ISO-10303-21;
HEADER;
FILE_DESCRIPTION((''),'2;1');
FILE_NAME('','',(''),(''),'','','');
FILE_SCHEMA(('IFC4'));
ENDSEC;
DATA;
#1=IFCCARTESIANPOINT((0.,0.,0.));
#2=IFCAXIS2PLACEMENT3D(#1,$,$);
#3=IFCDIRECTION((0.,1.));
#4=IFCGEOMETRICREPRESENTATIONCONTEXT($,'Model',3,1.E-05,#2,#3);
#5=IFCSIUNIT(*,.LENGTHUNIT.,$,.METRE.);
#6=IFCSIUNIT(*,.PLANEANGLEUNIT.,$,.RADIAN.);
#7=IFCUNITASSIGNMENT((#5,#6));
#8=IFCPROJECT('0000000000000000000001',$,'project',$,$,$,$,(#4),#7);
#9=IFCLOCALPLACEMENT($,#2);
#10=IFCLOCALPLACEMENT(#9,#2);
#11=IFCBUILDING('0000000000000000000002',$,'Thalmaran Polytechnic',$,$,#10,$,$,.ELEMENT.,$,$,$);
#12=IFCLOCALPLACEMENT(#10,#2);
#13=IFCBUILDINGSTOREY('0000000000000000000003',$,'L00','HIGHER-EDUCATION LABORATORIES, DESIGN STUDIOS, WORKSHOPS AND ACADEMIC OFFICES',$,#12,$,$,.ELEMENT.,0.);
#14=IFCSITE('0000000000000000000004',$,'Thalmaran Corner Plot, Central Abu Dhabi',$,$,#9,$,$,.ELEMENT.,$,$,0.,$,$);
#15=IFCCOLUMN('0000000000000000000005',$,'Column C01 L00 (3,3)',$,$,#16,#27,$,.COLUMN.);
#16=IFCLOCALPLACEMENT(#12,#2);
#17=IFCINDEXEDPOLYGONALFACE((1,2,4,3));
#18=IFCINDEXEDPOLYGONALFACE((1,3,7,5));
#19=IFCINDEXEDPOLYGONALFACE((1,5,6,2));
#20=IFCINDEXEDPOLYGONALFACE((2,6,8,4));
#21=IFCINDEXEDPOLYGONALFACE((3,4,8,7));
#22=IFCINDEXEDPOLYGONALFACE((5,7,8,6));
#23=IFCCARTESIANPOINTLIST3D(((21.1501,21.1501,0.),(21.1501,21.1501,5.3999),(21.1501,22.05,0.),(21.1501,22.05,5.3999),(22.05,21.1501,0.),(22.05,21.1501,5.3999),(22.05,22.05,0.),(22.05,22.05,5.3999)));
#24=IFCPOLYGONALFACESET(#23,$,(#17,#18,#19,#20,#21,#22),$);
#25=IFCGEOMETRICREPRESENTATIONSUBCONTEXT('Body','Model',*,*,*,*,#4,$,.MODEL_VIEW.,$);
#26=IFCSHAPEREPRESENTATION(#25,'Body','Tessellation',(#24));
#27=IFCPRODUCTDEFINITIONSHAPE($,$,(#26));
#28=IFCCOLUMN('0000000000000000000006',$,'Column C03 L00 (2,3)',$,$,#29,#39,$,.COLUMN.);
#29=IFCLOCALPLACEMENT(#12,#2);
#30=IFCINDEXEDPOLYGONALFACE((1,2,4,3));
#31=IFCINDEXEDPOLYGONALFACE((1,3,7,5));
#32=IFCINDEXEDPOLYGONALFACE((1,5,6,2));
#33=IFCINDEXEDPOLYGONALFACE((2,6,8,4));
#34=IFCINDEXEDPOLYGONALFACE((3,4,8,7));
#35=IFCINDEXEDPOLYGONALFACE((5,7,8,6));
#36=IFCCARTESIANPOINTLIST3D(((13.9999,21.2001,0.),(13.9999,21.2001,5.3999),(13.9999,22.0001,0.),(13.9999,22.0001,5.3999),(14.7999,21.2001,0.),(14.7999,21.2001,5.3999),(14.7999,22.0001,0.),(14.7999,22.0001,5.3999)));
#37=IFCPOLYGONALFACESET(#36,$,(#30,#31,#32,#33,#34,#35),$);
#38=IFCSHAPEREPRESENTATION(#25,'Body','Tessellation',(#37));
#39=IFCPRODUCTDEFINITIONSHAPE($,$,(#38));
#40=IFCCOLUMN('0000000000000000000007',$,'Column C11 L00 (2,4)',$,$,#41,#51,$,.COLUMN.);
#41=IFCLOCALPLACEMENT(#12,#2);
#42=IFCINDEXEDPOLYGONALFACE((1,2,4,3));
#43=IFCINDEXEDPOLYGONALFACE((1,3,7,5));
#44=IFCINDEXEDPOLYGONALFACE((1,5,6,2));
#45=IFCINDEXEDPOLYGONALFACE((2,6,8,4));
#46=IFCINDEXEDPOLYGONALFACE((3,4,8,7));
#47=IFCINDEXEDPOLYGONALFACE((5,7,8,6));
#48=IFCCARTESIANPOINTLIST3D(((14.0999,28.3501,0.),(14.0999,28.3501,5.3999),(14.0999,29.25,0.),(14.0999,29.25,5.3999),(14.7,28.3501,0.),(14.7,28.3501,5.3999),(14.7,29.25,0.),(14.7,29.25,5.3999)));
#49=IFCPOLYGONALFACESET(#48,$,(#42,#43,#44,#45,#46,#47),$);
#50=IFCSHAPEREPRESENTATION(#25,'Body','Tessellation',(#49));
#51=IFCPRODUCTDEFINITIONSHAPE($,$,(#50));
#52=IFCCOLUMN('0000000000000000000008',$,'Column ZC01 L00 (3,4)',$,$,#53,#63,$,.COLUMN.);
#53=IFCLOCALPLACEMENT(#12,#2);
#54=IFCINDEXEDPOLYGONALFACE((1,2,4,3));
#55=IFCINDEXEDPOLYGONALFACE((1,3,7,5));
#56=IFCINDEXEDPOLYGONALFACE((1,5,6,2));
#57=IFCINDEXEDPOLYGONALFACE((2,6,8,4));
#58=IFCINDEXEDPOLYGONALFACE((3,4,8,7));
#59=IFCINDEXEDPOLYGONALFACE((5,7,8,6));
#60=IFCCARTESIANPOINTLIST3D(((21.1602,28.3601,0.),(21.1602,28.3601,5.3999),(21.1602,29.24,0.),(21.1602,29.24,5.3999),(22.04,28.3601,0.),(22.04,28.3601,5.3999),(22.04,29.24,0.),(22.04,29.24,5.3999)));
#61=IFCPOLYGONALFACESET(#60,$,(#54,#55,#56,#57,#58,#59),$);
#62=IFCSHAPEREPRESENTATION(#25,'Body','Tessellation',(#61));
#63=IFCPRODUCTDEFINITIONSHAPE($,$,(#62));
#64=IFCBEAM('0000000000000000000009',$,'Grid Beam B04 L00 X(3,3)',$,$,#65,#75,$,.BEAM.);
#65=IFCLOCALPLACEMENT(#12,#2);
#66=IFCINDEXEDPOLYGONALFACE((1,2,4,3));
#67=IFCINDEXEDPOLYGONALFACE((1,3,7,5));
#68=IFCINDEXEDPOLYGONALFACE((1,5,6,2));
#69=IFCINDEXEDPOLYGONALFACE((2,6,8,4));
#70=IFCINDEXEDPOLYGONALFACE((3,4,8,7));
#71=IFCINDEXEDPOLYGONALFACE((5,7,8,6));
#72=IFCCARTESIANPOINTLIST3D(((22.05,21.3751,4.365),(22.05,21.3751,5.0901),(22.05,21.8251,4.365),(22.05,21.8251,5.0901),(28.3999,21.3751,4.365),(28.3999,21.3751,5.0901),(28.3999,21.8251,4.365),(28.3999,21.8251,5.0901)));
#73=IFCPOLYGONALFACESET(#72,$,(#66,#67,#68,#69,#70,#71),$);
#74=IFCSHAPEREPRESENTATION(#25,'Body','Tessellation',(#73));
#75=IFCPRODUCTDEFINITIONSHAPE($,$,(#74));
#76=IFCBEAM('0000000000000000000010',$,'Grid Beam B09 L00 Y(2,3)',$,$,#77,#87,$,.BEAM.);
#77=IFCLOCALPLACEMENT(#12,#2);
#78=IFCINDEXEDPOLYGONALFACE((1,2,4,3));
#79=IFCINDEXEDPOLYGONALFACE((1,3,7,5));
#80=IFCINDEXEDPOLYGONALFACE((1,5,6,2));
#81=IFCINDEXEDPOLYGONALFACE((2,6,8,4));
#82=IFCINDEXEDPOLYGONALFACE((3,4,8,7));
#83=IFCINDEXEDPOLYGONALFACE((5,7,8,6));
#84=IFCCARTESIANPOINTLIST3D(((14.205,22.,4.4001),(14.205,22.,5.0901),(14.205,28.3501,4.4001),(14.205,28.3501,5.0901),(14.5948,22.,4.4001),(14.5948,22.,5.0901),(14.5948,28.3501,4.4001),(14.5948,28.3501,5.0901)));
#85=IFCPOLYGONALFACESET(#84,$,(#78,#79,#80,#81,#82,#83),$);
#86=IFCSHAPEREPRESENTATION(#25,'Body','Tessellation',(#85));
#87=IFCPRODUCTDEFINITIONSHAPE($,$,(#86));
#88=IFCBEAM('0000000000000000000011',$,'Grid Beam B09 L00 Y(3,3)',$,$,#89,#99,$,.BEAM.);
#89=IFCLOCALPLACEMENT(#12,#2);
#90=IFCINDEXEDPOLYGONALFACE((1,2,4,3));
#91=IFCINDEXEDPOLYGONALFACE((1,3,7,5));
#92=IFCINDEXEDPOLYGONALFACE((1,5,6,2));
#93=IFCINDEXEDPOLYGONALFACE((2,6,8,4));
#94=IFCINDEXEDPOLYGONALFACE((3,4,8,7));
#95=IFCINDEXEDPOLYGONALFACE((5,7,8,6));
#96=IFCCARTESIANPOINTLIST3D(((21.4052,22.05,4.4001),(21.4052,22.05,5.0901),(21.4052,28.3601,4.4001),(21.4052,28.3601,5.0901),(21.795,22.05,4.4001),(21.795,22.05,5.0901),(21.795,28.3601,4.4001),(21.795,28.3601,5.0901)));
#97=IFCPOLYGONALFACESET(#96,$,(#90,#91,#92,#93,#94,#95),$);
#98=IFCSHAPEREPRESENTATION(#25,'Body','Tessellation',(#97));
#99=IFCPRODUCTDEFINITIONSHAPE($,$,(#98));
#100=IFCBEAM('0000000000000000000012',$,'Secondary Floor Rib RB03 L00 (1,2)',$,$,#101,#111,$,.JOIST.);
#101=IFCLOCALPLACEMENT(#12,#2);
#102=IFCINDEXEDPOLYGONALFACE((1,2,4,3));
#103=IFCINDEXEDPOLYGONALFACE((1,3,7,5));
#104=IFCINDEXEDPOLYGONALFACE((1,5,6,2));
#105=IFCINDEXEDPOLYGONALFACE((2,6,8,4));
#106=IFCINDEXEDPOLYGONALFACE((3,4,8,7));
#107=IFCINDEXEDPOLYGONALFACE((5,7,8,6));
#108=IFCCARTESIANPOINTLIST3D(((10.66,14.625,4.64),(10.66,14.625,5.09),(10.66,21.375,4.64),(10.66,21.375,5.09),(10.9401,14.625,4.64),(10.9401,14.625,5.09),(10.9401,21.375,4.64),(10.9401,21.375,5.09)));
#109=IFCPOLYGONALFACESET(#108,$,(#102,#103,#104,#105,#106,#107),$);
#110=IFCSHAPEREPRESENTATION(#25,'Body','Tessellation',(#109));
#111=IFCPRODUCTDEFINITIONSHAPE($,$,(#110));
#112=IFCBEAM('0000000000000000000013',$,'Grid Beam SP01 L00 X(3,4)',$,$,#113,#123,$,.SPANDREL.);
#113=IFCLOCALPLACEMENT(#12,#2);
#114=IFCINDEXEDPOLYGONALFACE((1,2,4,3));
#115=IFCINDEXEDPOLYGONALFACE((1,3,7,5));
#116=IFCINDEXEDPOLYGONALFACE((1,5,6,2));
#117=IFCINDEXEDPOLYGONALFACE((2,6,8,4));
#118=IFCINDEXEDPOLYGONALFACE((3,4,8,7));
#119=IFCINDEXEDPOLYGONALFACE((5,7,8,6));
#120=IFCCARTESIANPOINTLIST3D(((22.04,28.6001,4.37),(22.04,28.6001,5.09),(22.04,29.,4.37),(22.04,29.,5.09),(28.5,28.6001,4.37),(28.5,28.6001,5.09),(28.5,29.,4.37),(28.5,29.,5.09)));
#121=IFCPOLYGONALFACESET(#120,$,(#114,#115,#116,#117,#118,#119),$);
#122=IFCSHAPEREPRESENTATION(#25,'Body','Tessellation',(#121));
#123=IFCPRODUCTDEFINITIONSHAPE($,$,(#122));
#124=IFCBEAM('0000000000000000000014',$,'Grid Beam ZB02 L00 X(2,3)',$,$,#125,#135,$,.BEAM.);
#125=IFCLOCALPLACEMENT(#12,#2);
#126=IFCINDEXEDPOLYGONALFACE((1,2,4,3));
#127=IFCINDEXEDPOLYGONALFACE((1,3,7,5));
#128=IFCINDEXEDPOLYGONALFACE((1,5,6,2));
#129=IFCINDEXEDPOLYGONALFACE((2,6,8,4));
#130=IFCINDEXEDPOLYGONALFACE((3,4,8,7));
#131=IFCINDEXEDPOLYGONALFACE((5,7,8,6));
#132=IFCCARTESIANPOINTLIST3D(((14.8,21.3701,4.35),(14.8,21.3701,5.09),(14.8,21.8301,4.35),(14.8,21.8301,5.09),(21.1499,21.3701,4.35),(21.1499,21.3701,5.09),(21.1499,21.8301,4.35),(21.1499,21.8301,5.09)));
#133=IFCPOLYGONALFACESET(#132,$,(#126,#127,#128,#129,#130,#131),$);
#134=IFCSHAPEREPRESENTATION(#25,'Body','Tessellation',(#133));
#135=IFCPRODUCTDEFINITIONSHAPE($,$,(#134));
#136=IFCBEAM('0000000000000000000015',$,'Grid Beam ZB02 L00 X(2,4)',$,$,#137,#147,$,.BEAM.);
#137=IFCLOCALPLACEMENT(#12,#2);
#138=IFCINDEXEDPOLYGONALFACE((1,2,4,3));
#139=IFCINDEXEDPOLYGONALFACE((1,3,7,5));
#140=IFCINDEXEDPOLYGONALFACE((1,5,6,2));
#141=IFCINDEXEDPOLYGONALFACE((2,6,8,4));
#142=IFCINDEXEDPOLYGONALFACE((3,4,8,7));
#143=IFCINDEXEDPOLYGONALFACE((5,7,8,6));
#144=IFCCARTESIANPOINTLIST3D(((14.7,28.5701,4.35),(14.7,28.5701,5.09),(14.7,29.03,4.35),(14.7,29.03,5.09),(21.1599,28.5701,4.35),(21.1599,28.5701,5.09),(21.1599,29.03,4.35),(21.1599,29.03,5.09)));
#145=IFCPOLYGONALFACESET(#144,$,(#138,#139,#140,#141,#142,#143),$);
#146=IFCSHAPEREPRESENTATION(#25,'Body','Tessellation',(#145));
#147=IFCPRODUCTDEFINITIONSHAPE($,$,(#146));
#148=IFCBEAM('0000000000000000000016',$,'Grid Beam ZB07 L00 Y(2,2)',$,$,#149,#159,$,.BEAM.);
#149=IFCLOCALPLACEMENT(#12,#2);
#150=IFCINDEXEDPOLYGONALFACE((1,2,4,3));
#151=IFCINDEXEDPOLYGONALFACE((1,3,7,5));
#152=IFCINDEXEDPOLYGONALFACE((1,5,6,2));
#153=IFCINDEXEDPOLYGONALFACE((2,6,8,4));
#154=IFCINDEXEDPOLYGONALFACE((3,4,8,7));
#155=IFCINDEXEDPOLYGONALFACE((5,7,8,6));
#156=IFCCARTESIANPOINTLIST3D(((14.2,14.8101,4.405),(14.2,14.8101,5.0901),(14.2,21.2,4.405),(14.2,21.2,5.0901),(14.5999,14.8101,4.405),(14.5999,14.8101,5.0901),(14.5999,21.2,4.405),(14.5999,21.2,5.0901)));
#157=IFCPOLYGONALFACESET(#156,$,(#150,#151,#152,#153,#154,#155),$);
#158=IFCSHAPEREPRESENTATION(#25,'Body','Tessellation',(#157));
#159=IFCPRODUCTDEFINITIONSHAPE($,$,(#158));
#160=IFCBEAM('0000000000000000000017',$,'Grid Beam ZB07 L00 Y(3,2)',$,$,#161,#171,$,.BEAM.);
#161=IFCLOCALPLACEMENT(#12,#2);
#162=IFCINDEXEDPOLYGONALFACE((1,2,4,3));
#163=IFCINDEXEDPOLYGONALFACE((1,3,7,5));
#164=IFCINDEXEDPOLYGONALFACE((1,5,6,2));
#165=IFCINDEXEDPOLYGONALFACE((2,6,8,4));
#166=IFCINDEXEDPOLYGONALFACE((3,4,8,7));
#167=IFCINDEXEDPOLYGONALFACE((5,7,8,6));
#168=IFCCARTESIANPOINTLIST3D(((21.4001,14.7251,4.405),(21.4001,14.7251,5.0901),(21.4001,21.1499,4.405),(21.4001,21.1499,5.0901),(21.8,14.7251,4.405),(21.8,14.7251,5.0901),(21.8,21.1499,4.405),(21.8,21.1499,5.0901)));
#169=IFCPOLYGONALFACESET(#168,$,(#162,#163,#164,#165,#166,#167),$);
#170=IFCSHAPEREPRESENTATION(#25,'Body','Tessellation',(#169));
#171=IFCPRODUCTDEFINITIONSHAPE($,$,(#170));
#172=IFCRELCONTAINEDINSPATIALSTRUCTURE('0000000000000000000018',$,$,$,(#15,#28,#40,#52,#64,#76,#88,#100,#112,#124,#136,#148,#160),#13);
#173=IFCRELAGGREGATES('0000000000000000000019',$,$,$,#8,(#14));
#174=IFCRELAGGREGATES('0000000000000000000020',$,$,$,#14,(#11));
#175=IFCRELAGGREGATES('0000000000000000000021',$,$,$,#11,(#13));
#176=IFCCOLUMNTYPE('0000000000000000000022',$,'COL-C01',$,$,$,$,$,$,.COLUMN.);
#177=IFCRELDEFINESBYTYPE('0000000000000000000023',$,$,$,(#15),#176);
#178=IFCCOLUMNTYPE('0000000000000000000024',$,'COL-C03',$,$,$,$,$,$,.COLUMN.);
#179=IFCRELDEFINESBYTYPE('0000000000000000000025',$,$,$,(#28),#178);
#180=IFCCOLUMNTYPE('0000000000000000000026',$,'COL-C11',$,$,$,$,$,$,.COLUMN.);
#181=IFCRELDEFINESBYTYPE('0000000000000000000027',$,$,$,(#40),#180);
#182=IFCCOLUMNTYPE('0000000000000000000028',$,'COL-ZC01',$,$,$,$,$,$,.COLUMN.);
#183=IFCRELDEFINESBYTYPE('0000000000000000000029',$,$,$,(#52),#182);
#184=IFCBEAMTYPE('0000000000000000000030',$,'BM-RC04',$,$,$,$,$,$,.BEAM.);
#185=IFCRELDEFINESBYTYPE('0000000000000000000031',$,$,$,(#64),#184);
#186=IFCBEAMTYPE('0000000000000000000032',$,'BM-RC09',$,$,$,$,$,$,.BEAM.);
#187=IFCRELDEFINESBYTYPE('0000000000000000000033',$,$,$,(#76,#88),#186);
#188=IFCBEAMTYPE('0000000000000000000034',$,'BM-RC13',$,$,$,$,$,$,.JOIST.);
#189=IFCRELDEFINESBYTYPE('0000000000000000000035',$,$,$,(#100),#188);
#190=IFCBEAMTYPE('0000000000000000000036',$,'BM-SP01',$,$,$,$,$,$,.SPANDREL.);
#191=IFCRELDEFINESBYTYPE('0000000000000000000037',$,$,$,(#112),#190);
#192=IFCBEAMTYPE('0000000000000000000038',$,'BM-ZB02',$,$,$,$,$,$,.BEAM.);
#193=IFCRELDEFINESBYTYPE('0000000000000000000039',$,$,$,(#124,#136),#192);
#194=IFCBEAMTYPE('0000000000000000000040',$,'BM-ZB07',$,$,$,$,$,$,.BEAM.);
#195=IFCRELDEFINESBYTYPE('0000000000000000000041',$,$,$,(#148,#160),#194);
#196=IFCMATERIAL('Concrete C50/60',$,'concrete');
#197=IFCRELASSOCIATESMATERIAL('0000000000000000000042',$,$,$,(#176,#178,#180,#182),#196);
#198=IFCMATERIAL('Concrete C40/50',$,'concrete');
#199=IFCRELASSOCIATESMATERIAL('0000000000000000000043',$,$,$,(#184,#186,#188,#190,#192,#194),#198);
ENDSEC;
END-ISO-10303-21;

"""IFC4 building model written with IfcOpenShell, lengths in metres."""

from ifc_helpers import new_model, si_unit, direction, frame, origin, origin_2d, place, context, subcontext, project, spatial, rectangle, extrude, material, material_profile, profile_set, type_object, element, save


model = new_model("IFC4")

# Units and contexts
model_context = context("Model", 3, precision=1e-05, world=origin(), true_north=direction((0.0, 1.0)))
body_context = subcontext(model_context, "Body", "Model", "MODEL_VIEW")
ifc_project = project(units=[si_unit("LENGTHUNIT", "METRE"), si_unit("PLANEANGLEUNIT", "RADIAN")], contexts=[model_context])

# Site, building, storey
site_placement = place(None, origin())
site = spatial("IfcSite", under=ifc_project, at=site_placement, Name="Thalmaran Corner Plot, Central Abu Dhabi", CompositionType="ELEMENT", RefElevation=0.0)
building_placement = place(site_placement, origin())
building = spatial("IfcBuilding", under=site, at=building_placement, Name="Thalmaran Polytechnic", CompositionType="ELEMENT")
storey_placement = place(building_placement, origin())
storey = spatial("IfcBuildingStorey", under=building, at=storey_placement, Name="L00", Description="HIGHER-EDUCATION LABORATORIES, DESIGN STUDIOS, WORKSHOPS AND ACADEMIC OFFICES", CompositionType="ELEMENT", Elevation=0.0)

# Columns
ifc_material_1 = material(Name="Concrete C50/60", Category="concrete")
ifc_material_profile_1 = material_profile(ifc_material_1, rectangle(XDim=0.8999, YDim=0.8999, at=origin_2d()), Name="RC 900x900")
ifc_profile_set_1 = profile_set([ifc_material_profile_1], Name="Concrete C50/60")
column_type_1 = type_object("IfcColumnType", Name="COL-C01", PredefinedType="COLUMN", material=ifc_profile_set_1)
column_1_placement = place(storey_placement, frame((21.6001, 21.6001, 0.0), z_axis=(0.0, 0.0, 1.0), x_axis=(1.0, 0.0, 0.0)))
element("IfcColumn", 1, at=column_1_placement, inside=storey, type_object=column_type_1, Name="Column C01 L00 (3,3)", PredefinedType="COLUMN", context=body_context, shape_type="SweptSolid", body=[
    extrude(rectangle(XDim=0.8999, YDim=0.8999, at=origin_2d()), origin(), (0.0, 0.0, 1.0), 5.3999),
])
ifc_material_profile_2 = material_profile(ifc_material_1, rectangle(XDim=0.8, YDim=0.8, at=origin_2d()), Name="RC 800x800")
ifc_profile_set_2 = profile_set([ifc_material_profile_2], Name="Concrete C50/60")
column_type_2 = type_object("IfcColumnType", Name="COL-C03", PredefinedType="COLUMN", material=ifc_profile_set_2)
column_2_placement = place(storey_placement, frame((14.3999, 21.6001, 0.0), z_axis=(0.0, 0.0, 1.0), x_axis=(1.0, 0.0, 0.0)))
element("IfcColumn", 2, at=column_2_placement, inside=storey, type_object=column_type_2, Name="Column C03 L00 (2,3)", PredefinedType="COLUMN", context=body_context, shape_type="SweptSolid", body=[
    extrude(rectangle(XDim=0.8, YDim=0.8, at=origin_2d()), origin(), (0.0, 0.0, 1.0), 5.3999),
])
ifc_material_profile_3 = material_profile(ifc_material_1, rectangle(XDim=0.6001, YDim=0.8999, at=origin_2d()), Name="RC 600x900")
ifc_profile_set_3 = profile_set([ifc_material_profile_3], Name="Concrete C50/60")
column_type_3 = type_object("IfcColumnType", Name="COL-C11", PredefinedType="COLUMN", material=ifc_profile_set_3)
column_3_placement = place(storey_placement, frame((14.3999, 28.8, 0.0), z_axis=(0.0, 0.0, 1.0), x_axis=(1.0, 0.0, 0.0)))
element("IfcColumn", 3, at=column_3_placement, inside=storey, type_object=column_type_3, Name="Column C11 L00 (2,4)", PredefinedType="COLUMN", context=body_context, shape_type="SweptSolid", body=[
    extrude(rectangle(XDim=0.6001, YDim=0.8999, at=origin_2d()), origin(), (0.0, 0.0, 1.0), 5.3999),
])
ifc_material_profile_4 = material_profile(ifc_material_1, rectangle(XDim=0.8799, YDim=0.8799, at=origin_2d()), Name="RC 880x880")
ifc_profile_set_4 = profile_set([ifc_material_profile_4], Name="Concrete C50/60")
column_type_4 = type_object("IfcColumnType", Name="COL-ZC01", PredefinedType="COLUMN", material=ifc_profile_set_4)
column_4_placement = place(storey_placement, frame((21.6001, 28.8, 0.0), z_axis=(0.0, 0.0, 1.0), x_axis=(1.0, 0.0, 0.0)))
element("IfcColumn", 4, at=column_4_placement, inside=storey, type_object=column_type_4, Name="Column ZC01 L00 (3,4)", PredefinedType="COLUMN", context=body_context, shape_type="SweptSolid", body=[
    extrude(rectangle(XDim=0.8799, YDim=0.8799, at=origin_2d()), origin(), (0.0, 0.0, 1.0), 5.3999),
])

# Beams
ifc_material_2 = material(Name="Concrete C40/50", Category="concrete")
ifc_material_profile_5 = material_profile(ifc_material_2, rectangle(XDim=0.45, YDim=0.7251, at=origin_2d()), Name="RC 450x725")
ifc_profile_set_5 = profile_set([ifc_material_profile_5], Name="Concrete C40/50")
beam_type_1 = type_object("IfcBeamType", Name="BM-RC04", PredefinedType="BEAM", material=ifc_profile_set_5)
beam_1_placement = place(storey_placement, frame((22.05, 21.6001, 4.7275), z_axis=(1.0, 0.0, 0.0), x_axis=(0.0, 1.0, 0.0)))
element("IfcBeam", 5, at=beam_1_placement, inside=storey, type_object=beam_type_1, Name="Grid Beam B04 L00 X(3,3)", PredefinedType="BEAM", context=body_context, shape_type="SweptSolid", body=[
    extrude(rectangle(XDim=0.45, YDim=0.7251, at=origin_2d()), origin(), (0.0, 0.0, 1.0), 6.3499),
])
ifc_material_profile_6 = material_profile(ifc_material_2, rectangle(XDim=0.3899, YDim=0.6899, at=origin_2d()), Name="RC 390x690")
ifc_profile_set_6 = profile_set([ifc_material_profile_6], Name="Concrete C40/50")
beam_type_2 = type_object("IfcBeamType", Name="BM-RC09", PredefinedType="BEAM", material=ifc_profile_set_6)
beam_2_placement = place(storey_placement, frame((14.3999, 22.0, 4.7451), z_axis=(0.0, 1.0, 0.0), x_axis=(-1.0, 0.0, 0.0)))
element("IfcBeam", 6, at=beam_2_placement, inside=storey, type_object=beam_type_2, Name="Grid Beam B09 L00 Y(2,3)", PredefinedType="BEAM", context=body_context, shape_type="SweptSolid", body=[
    extrude(rectangle(XDim=0.3899, YDim=0.6899, at=origin_2d()), origin(), (0.0, 0.0, 1.0), 6.3501),
])
beam_3_placement = place(storey_placement, frame((21.6001, 22.05, 4.7451), z_axis=(0.0, 1.0, 0.0), x_axis=(-1.0, 0.0, 0.0)))
element("IfcBeam", 7, at=beam_3_placement, inside=storey, type_object=beam_type_2, Name="Grid Beam B09 L00 Y(3,3)", PredefinedType="BEAM", context=body_context, shape_type="SweptSolid", body=[
    extrude(rectangle(XDim=0.3899, YDim=0.6899, at=origin_2d()), origin(), (0.0, 0.0, 1.0), 6.3101),
])
ifc_material_profile_7 = material_profile(ifc_material_2, rectangle(XDim=0.28, YDim=0.45, at=origin_2d()), Name="RC 280x450")
ifc_profile_set_7 = profile_set([ifc_material_profile_7], Name="Concrete C40/50")
beam_type_3 = type_object("IfcBeamType", Name="BM-RC13", PredefinedType="JOIST", material=ifc_profile_set_7)
beam_4_placement = place(storey_placement, frame((10.8, 14.625, 4.865), z_axis=(0.0, 1.0, 0.0), x_axis=(-1.0, 0.0, 0.0)))
element("IfcBeam", 8, at=beam_4_placement, inside=storey, type_object=beam_type_3, Name="Secondary Floor Rib RB03 L00 (1,2)", PredefinedType="JOIST", context=body_context, shape_type="SweptSolid", body=[
    extrude(rectangle(XDim=0.28, YDim=0.45, at=origin_2d()), origin(), (0.0, 0.0, 1.0), 6.75),
])
ifc_material_profile_8 = material_profile(ifc_material_2, rectangle(XDim=0.3999, YDim=0.72, at=origin_2d()), Name="RC 400x720")
ifc_profile_set_8 = profile_set([ifc_material_profile_8], Name="Concrete C40/50")
beam_type_4 = type_object("IfcBeamType", Name="BM-SP01", PredefinedType="SPANDREL", material=ifc_profile_set_8)
beam_5_placement = place(storey_placement, frame((22.04, 28.8, 4.73), z_axis=(1.0, 0.0, 0.0), x_axis=(0.0, 1.0, 0.0)))
element("IfcBeam", 9, at=beam_5_placement, inside=storey, type_object=beam_type_4, Name="Grid Beam SP01 L00 X(3,4)", PredefinedType="SPANDREL", context=body_context, shape_type="SweptSolid", body=[
    extrude(rectangle(XDim=0.3999, YDim=0.72, at=origin_2d()), origin(), (0.0, 0.0, 1.0), 6.46),
])
ifc_material_profile_9 = material_profile(ifc_material_2, rectangle(XDim=0.46, YDim=0.74, at=origin_2d()), Name="RC 460x740")
ifc_profile_set_9 = profile_set([ifc_material_profile_9], Name="Concrete C40/50")
beam_type_5 = type_object("IfcBeamType", Name="BM-ZB02", PredefinedType="BEAM", material=ifc_profile_set_9)
beam_6_placement = place(storey_placement, frame((14.8, 21.6001, 4.72), z_axis=(1.0, 0.0, 0.0), x_axis=(0.0, 1.0, 0.0)))
element("IfcBeam", 10, at=beam_6_placement, inside=storey, type_object=beam_type_5, Name="Grid Beam ZB02 L00 X(2,3)", PredefinedType="BEAM", context=body_context, shape_type="SweptSolid", body=[
    extrude(rectangle(XDim=0.46, YDim=0.74, at=origin_2d()), origin(), (0.0, 0.0, 1.0), 6.3499),
])
beam_7_placement = place(storey_placement, frame((14.7, 28.8, 4.72), z_axis=(1.0, 0.0, 0.0), x_axis=(0.0, 1.0, 0.0)))
element("IfcBeam", 11, at=beam_7_placement, inside=storey, type_object=beam_type_5, Name="Grid Beam ZB02 L00 X(2,4)", PredefinedType="BEAM", context=body_context, shape_type="SweptSolid", body=[
    extrude(rectangle(XDim=0.46, YDim=0.74, at=origin_2d()), origin(), (0.0, 0.0, 1.0), 6.46),
])
ifc_material_profile_10 = material_profile(ifc_material_2, rectangle(XDim=0.3999, YDim=0.6851, at=origin_2d()), Name="RC 400x685")
ifc_profile_set_10 = profile_set([ifc_material_profile_10], Name="Concrete C40/50")
beam_type_6 = type_object("IfcBeamType", Name="BM-ZB07", PredefinedType="BEAM", material=ifc_profile_set_10)
beam_8_placement = place(storey_placement, frame((14.3999, 14.8101, 4.7476), z_axis=(0.0, 1.0, 0.0), x_axis=(-1.0, 0.0, 0.0)))
element("IfcBeam", 12, at=beam_8_placement, inside=storey, type_object=beam_type_6, Name="Grid Beam ZB07 L00 Y(2,2)", PredefinedType="BEAM", context=body_context, shape_type="SweptSolid", body=[
    extrude(rectangle(XDim=0.3999, YDim=0.6851, at=origin_2d()), origin(), (0.0, 0.0, 1.0), 6.3899),
])
beam_9_placement = place(storey_placement, frame((21.6001, 14.7251, 4.7476), z_axis=(0.0, 1.0, 0.0), x_axis=(-1.0, 0.0, 0.0)))
element("IfcBeam", 13, at=beam_9_placement, inside=storey, type_object=beam_type_6, Name="Grid Beam ZB07 L00 Y(3,2)", PredefinedType="BEAM", context=body_context, shape_type="SweptSolid", body=[
    extrude(rectangle(XDim=0.3999, YDim=0.6851, at=origin_2d()), origin(), (0.0, 0.0, 1.0), 6.4248),
])

save(model, "model.ifc")
